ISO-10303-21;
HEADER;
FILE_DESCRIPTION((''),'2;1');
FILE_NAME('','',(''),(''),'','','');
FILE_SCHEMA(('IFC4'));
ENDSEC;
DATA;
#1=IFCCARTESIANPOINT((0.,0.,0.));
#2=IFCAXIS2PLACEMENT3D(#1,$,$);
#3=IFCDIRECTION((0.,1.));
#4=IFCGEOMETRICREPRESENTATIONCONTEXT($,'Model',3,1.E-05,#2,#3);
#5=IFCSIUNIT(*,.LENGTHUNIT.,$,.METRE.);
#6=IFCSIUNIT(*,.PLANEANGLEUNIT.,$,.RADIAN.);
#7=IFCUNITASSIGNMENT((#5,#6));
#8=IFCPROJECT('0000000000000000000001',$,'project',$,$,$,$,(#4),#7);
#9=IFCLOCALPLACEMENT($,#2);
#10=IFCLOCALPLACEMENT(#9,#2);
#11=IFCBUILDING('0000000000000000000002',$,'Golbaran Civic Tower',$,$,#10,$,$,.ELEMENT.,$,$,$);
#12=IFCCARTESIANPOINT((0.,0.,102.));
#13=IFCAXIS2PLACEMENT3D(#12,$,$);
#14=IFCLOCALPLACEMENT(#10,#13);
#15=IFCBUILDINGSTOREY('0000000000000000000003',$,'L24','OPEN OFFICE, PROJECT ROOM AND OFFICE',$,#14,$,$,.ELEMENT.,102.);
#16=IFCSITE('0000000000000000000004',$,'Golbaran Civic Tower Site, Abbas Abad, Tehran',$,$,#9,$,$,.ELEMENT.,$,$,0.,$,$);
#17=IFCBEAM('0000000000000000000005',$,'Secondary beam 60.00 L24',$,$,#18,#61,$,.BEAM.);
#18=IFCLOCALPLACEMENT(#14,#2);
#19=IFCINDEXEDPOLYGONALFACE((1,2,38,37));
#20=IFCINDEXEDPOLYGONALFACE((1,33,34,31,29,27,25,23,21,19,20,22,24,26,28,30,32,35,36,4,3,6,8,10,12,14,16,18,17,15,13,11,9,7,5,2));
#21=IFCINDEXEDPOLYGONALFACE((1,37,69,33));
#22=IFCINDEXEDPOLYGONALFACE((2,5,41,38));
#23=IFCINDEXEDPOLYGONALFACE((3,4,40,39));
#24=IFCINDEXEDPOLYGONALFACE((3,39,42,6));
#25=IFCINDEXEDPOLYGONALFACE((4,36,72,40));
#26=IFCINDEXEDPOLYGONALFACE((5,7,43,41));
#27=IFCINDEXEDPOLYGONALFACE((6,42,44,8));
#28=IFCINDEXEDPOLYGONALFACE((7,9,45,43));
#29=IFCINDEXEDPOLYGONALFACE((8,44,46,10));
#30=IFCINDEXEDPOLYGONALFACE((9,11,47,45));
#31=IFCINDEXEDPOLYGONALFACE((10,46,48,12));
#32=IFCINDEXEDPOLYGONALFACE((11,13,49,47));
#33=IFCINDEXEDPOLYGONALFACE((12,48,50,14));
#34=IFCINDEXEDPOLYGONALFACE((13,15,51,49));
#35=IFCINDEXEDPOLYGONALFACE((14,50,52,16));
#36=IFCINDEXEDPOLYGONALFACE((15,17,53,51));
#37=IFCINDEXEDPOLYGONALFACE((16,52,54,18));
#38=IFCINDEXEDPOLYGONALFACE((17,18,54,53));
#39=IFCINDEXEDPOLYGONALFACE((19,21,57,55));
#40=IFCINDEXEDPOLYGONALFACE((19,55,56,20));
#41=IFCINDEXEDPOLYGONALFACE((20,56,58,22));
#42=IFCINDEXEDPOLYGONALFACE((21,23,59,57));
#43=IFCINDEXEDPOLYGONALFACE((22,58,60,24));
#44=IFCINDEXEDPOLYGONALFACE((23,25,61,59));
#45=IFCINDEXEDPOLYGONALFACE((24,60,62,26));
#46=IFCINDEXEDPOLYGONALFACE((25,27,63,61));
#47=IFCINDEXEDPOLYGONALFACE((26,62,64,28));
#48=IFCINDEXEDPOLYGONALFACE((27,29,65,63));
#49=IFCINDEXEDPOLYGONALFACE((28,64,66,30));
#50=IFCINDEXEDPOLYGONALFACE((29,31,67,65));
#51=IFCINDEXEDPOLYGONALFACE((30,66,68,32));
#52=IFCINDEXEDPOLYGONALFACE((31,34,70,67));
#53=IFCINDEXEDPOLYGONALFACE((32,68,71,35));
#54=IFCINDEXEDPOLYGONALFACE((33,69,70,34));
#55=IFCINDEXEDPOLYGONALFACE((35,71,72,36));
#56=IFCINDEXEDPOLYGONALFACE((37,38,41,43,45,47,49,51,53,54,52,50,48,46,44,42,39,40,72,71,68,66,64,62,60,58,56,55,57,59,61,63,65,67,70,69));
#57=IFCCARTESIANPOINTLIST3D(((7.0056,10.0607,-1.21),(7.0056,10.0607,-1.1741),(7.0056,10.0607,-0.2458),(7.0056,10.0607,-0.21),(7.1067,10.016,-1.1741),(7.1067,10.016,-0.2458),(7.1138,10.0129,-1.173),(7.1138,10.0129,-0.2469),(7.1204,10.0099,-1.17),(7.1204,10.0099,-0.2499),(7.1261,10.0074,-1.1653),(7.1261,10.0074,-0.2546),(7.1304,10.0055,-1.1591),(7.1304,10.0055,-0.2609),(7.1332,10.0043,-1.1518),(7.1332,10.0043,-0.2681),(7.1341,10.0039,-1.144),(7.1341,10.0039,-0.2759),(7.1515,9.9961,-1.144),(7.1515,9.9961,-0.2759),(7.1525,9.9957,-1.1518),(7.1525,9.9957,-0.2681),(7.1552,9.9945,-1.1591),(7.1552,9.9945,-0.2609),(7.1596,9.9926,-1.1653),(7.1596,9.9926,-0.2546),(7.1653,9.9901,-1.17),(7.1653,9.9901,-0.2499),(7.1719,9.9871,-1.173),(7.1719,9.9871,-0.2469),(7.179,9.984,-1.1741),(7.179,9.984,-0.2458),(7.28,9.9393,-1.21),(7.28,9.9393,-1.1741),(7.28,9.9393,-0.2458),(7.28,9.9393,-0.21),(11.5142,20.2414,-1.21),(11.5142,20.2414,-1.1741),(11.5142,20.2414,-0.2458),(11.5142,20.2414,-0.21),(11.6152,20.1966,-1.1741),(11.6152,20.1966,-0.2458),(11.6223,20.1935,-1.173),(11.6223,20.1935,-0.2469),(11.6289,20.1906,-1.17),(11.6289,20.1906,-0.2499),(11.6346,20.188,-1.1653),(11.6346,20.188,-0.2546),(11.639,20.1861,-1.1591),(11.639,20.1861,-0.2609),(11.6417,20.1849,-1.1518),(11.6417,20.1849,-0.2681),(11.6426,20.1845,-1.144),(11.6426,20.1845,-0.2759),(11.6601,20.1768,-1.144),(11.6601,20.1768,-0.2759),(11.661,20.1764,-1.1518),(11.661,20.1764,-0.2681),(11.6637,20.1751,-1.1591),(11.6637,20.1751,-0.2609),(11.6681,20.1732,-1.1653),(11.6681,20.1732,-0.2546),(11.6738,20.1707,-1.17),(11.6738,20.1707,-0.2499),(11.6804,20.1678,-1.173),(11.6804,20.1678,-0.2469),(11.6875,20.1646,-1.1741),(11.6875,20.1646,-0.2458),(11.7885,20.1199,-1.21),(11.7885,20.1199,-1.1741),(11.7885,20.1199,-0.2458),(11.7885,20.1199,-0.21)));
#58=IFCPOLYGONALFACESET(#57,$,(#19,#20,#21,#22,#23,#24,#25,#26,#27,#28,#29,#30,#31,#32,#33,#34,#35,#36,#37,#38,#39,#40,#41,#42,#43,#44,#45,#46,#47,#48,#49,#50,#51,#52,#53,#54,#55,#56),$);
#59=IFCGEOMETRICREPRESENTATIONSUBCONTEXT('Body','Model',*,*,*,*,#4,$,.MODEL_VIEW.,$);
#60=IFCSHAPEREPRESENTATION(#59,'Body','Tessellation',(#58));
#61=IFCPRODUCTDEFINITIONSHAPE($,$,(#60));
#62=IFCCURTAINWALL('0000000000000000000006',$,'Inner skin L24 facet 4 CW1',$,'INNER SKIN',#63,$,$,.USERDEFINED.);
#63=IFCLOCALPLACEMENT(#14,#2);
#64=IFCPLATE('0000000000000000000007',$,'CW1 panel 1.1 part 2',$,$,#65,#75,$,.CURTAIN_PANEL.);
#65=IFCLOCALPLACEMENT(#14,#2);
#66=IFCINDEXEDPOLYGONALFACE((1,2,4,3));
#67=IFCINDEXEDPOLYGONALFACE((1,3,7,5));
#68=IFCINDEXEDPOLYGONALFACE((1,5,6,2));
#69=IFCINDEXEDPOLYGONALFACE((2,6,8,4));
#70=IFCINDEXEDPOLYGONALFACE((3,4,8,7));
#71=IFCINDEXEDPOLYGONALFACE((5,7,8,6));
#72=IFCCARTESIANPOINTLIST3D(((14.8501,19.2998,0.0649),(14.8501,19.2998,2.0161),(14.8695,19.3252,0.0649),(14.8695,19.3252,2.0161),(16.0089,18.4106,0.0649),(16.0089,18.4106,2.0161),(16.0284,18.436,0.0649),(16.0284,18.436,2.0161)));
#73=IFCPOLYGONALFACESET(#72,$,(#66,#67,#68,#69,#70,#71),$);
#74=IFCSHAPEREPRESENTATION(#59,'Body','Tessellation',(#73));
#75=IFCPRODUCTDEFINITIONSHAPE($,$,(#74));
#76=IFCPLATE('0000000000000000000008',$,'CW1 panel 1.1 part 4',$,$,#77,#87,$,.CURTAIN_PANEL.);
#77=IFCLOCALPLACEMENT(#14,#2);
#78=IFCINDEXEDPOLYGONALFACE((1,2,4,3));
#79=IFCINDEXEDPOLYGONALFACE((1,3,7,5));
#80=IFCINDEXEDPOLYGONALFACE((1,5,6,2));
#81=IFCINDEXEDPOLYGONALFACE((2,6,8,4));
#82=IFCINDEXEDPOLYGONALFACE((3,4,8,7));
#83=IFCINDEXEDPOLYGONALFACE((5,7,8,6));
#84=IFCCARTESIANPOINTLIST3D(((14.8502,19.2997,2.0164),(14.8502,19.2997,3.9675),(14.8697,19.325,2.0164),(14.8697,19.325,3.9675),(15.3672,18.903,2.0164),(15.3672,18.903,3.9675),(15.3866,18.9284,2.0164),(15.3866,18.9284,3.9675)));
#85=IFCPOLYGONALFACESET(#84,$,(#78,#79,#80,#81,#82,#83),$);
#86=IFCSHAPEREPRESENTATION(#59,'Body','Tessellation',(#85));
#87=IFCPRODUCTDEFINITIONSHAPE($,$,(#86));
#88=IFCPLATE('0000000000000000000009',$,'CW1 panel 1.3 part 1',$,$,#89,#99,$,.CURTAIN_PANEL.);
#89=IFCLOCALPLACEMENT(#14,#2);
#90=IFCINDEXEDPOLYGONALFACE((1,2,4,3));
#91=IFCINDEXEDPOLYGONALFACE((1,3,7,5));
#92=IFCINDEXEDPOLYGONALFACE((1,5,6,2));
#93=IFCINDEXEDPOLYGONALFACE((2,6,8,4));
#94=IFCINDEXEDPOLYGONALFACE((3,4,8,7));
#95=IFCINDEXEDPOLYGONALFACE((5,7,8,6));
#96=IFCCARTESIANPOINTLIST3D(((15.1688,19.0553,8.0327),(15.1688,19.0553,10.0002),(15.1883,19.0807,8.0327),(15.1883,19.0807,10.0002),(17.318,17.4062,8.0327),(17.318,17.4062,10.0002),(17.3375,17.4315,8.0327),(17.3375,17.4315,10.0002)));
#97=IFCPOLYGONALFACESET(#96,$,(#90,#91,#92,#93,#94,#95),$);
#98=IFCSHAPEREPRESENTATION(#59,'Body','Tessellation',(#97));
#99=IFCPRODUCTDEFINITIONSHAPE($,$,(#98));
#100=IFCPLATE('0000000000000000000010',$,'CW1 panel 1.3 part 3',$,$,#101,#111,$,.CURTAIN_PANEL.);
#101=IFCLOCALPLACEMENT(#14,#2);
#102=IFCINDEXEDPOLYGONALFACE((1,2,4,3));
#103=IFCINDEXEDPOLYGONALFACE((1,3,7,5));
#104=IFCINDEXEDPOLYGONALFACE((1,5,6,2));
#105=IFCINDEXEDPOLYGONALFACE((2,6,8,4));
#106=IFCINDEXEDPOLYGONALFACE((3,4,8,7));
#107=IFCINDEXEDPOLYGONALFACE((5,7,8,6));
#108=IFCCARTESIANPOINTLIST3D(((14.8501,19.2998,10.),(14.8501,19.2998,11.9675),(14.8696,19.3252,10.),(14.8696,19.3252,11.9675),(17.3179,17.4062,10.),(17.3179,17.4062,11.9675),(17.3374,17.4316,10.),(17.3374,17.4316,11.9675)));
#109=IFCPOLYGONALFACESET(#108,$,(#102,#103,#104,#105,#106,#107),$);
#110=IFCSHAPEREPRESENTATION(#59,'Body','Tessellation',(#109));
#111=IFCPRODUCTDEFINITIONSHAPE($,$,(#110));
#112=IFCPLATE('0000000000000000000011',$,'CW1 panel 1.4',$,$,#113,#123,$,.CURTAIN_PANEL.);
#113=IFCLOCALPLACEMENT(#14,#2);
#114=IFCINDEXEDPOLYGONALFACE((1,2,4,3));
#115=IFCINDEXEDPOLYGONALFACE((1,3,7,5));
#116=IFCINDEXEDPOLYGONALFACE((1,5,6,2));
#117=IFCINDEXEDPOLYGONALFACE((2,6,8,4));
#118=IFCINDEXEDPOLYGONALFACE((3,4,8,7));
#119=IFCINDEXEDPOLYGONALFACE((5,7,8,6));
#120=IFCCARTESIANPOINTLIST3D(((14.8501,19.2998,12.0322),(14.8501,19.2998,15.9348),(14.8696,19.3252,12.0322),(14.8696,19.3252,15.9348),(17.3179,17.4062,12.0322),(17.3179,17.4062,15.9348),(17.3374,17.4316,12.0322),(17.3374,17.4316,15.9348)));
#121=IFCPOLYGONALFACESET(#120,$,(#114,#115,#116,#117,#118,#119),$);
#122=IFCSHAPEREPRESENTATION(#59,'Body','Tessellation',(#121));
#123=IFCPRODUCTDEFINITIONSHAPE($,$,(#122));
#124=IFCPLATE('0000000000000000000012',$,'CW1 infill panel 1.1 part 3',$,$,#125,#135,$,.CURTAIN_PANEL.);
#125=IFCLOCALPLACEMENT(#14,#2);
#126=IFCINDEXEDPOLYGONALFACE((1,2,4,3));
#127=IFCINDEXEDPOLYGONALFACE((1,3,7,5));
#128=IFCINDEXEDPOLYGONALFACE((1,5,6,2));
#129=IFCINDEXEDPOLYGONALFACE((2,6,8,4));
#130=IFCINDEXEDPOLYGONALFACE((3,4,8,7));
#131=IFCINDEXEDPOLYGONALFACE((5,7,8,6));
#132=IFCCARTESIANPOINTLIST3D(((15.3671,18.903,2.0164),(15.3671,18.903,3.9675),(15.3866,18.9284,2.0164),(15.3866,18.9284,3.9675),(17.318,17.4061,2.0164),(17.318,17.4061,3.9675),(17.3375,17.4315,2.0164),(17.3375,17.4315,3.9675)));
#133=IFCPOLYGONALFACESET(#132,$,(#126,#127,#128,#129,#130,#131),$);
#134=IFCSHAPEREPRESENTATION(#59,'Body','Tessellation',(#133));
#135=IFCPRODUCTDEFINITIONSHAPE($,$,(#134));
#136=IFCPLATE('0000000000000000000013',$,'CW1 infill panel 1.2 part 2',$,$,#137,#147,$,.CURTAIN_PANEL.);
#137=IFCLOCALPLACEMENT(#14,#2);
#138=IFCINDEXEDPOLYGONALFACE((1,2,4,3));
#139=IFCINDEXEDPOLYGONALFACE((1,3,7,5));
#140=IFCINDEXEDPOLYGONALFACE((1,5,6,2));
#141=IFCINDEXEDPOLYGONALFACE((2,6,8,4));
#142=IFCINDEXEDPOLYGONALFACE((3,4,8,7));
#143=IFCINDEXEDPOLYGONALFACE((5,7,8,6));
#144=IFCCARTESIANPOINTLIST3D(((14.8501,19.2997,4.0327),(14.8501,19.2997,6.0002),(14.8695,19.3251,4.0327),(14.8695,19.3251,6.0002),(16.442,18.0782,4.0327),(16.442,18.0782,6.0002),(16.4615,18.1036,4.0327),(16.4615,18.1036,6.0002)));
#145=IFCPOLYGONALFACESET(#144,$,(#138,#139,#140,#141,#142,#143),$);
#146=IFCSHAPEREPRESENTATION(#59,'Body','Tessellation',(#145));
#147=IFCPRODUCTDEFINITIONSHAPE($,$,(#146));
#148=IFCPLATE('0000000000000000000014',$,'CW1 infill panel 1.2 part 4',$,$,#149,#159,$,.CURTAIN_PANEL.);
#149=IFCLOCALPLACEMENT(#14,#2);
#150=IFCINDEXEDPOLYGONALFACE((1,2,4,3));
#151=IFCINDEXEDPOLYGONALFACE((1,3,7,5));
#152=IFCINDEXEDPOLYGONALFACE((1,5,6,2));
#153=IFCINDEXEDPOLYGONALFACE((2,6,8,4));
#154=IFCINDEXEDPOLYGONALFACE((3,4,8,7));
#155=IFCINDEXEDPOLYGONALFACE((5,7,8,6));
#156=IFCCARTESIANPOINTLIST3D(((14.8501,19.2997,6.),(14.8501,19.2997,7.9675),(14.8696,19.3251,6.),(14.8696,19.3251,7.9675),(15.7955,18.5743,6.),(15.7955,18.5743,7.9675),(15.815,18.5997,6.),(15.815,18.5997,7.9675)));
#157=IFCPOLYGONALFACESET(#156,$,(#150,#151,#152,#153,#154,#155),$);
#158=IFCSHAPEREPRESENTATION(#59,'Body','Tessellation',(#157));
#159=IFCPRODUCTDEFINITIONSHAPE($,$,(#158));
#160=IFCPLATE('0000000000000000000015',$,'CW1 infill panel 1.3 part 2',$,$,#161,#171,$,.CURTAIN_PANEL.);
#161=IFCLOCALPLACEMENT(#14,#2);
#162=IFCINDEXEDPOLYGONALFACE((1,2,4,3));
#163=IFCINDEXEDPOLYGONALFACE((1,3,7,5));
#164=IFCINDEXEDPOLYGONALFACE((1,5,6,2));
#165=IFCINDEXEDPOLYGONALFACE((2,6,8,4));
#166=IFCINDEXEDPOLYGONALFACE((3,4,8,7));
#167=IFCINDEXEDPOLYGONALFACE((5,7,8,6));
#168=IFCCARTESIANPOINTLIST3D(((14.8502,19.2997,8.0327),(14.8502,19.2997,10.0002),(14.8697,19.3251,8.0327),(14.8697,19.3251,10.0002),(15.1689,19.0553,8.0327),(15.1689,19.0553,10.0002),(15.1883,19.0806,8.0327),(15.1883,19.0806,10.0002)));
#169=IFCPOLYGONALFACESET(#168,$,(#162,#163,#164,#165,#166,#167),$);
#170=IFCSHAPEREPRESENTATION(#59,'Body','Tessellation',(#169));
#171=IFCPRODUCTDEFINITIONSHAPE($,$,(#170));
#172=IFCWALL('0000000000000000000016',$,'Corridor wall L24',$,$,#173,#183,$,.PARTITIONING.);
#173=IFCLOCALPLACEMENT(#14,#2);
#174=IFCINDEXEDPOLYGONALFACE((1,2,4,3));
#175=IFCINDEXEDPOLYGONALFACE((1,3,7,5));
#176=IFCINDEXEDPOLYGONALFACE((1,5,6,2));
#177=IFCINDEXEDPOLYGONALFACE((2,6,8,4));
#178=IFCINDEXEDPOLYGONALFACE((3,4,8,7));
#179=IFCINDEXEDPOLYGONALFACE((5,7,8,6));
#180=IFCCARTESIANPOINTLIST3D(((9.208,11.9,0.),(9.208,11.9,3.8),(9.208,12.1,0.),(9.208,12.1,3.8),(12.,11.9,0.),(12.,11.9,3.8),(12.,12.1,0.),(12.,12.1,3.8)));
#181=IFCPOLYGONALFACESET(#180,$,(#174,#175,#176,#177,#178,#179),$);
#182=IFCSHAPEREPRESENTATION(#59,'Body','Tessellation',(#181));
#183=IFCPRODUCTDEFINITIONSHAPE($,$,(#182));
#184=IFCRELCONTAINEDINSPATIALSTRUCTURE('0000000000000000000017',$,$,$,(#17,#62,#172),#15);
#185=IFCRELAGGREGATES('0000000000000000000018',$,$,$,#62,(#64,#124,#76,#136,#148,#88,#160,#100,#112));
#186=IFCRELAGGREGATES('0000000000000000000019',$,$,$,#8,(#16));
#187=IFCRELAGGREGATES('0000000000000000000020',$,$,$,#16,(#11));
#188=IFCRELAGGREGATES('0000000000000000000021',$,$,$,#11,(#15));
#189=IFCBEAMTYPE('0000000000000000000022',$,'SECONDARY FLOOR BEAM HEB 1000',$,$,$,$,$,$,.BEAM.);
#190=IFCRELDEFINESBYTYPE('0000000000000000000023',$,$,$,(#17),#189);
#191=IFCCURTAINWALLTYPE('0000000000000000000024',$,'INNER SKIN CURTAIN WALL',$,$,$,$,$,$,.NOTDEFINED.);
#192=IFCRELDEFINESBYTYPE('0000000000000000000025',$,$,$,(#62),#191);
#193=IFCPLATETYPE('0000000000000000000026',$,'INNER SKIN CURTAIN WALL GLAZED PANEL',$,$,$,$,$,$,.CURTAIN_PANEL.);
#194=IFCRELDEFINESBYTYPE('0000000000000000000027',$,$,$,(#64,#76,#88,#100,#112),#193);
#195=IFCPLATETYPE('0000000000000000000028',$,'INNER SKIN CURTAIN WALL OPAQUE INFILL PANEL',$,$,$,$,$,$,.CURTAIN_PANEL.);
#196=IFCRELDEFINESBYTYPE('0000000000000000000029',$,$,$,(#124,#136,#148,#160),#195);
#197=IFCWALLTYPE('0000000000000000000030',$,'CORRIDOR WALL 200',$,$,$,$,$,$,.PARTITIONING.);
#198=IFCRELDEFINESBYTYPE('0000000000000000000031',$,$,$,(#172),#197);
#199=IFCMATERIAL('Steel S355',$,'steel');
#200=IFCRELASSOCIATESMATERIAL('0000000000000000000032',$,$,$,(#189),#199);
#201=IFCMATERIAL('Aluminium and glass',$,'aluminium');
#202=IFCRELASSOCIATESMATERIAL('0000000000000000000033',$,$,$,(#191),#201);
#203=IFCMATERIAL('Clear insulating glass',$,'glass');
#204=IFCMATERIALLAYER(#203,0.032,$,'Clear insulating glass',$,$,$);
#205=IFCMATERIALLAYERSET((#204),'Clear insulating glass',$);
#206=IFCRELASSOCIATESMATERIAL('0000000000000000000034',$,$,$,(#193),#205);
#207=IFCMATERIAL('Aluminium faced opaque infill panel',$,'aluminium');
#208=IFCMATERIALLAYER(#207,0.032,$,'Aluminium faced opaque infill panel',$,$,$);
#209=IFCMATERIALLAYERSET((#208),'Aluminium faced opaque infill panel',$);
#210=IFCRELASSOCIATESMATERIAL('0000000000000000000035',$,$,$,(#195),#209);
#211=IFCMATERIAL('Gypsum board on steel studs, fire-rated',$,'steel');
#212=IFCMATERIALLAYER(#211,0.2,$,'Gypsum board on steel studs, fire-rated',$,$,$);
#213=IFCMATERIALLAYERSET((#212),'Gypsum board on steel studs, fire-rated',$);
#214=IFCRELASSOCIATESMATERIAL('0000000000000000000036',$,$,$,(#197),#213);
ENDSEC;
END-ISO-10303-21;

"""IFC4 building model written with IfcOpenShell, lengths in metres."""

from ifc_helpers import new_model, si_unit, direction, frame, frame_2d, origin, origin_2d, place, context, subcontext, project, spatial, rectangle, i_section, extrude, material, layer, layer_set, material_profile, profile_set, type_object, element, aggregate, save


model = new_model("IFC4")

# Units and contexts
model_context = context("Model", 3, precision=1e-05, world=origin(), true_north=direction((0.0, 1.0)))
body_context = subcontext(model_context, "Body", "Model", "MODEL_VIEW")
ifc_project = project(units=[si_unit("LENGTHUNIT", "METRE"), si_unit("PLANEANGLEUNIT", "RADIAN")], contexts=[model_context])

# Site, building, storey
site_placement = place(None, origin())
site = spatial("IfcSite", under=ifc_project, at=site_placement, Name="Golbaran Civic Tower Site, Abbas Abad, Tehran", CompositionType="ELEMENT", RefElevation=0.0)
building_placement = place(site_placement, origin())
building = spatial("IfcBuilding", under=site, at=building_placement, Name="Golbaran Civic Tower", CompositionType="ELEMENT")
storey_placement = place(building_placement, frame((0.0, 0.0, 102.0)))
storey = spatial("IfcBuildingStorey", under=building, at=storey_placement, Name="L24", Description="OPEN OFFICE, PROJECT ROOM AND OFFICE", CompositionType="ELEMENT", Elevation=102.0)

# Beam
ifc_material_1 = material(Name="Steel S355", Category="steel")
ifc_material_profile_1 = material_profile(ifc_material_1, i_section(OverallWidth=0.3, OverallDepth=1.0, WebThickness=0.019, FlangeThickness=0.0359, FilletRadius=0.03, at=origin_2d()), Name="HEB 1000")
ifc_profile_set_1 = profile_set([ifc_material_profile_1], Name="Steel S355")
beam_type_1 = type_object("IfcBeamType", Name="SECONDARY FLOOR BEAM HEB 1000", PredefinedType="BEAM", material=ifc_profile_set_1)
beam_1_placement = place(storey_placement, frame((7.1428, 10.0, -0.71), z_axis=(0.404924, 0.914351, 0.0), x_axis=(-0.914351, 0.404924, 0.0)))
element("IfcBeam", 1, at=beam_1_placement, inside=storey, type_object=beam_type_1, Name="Secondary beam 60.00 L24", PredefinedType="BEAM", context=body_context, shape_type="SweptSolid", body=[
    extrude(i_section(OverallWidth=0.3, OverallDepth=1.0, WebThickness=0.019, FlangeThickness=0.0359, FilletRadius=0.03, at=origin_2d()), origin(), (0.0, 0.0, 1.0), 11.1343),
])

# Curtain wall, plates
ifc_material_2 = material(Name="Aluminium and glass", Category="aluminium")
curtain_wall_type = type_object("IfcCurtainWallType", Name="INNER SKIN CURTAIN WALL", PredefinedType="NOTDEFINED", material=ifc_material_2)
curtain_wall_placement = place(storey_placement, origin())
curtain_wall = element("IfcCurtainWall", 2, at=curtain_wall_placement, inside=storey, type_object=curtain_wall_type, Name="Inner skin L24 facet 4 CW1", ObjectType="INNER SKIN", PredefinedType="USERDEFINED")
ifc_material_3 = material(Name="Clear insulating glass", Category="glass")
ifc_layer_1 = layer(ifc_material_3, 0.032, Name="Clear insulating glass")
ifc_layer_set_1 = layer_set([ifc_layer_1], Name="Clear insulating glass")
plate_type_1 = type_object("IfcPlateType", Name="INNER SKIN CURTAIN WALL GLAZED PANEL", PredefinedType="CURTAIN_PANEL", material=ifc_layer_set_1)
plate_1_placement = place(storey_placement, frame((15.4392, 18.8679, 0.0649), z_axis=(0.0, 0.0, 1.0), x_axis=(-0.793353, 0.608761, 0.0)))
plate_1 = element("IfcPlate", 3, at=plate_1_placement, type_object=plate_type_1, Name="CW1 panel 1.1 part 2", PredefinedType="CURTAIN_PANEL", context=body_context, shape_type="SweptSolid", body=[
    extrude(rectangle(XDim=1.4607, YDim=0.032, at=origin_2d()), origin(), (0.0, 0.0, 1.0), 1.9512),
])
plate_2_placement = place(storey_placement, frame((15.1184, 19.114, 2.0164), z_axis=(0.0, 0.0, 1.0), x_axis=(-0.793353, 0.608761, 0.0)))
plate_2 = element("IfcPlate", 4, at=plate_2_placement, type_object=plate_type_1, Name="CW1 panel 1.1 part 4", PredefinedType="CURTAIN_PANEL", context=body_context, shape_type="SweptSolid", body=[
    extrude(rectangle(XDim=0.6516, YDim=0.032, at=origin_2d()), origin(), (0.0, 0.0, 1.0), 1.9512),
])
plate_3_placement = place(storey_placement, frame((16.2532, 18.2434, 8.0327), z_axis=(0.0, 0.0, 1.0), x_axis=(-0.793353, 0.608761, 0.0)))
plate_3 = element("IfcPlate", 5, at=plate_3_placement, type_object=plate_type_1, Name="CW1 panel 1.3 part 1", PredefinedType="CURTAIN_PANEL", context=body_context, shape_type="SweptSolid", body=[
    extrude(rectangle(XDim=2.709, YDim=0.032, at=origin_2d()), origin(), (0.0, 0.0, 1.0), 1.9675),
])
plate_4_placement = place(storey_placement, frame((16.0938, 18.3657, 10.0), z_axis=(0.0, 0.0, 1.0), x_axis=(-0.793353, 0.608761, 0.0)))
plate_4 = element("IfcPlate", 6, at=plate_4_placement, type_object=plate_type_1, Name="CW1 panel 1.3 part 3", PredefinedType="CURTAIN_PANEL", context=body_context, shape_type="SweptSolid", body=[
    extrude(rectangle(XDim=3.1106, YDim=0.032, at=origin_2d()), origin(), (0.0, 0.0, 1.0), 1.9675),
])
plate_5_placement = place(storey_placement, frame((16.0938, 18.3657, 12.0322), z_axis=(0.0, 0.0, 1.0), x_axis=(-0.793353, 0.608761, 0.0)))
plate_5 = element("IfcPlate", 7, at=plate_5_placement, type_object=plate_type_1, Name="CW1 panel 1.4", PredefinedType="CURTAIN_PANEL", context=body_context, shape_type="SweptSolid", body=[
    extrude(rectangle(XDim=3.1106, YDim=0.032, at=origin_2d()), origin(), (0.0, 0.0, 1.0), 3.9026),
])
ifc_material_4 = material(Name="Aluminium faced opaque infill panel", Category="aluminium")
ifc_layer_2 = layer(ifc_material_4, 0.032, Name="Aluminium faced opaque infill panel")
ifc_layer_set_2 = layer_set([ifc_layer_2], Name="Aluminium faced opaque infill panel")
plate_type_2 = type_object("IfcPlateType", Name="INNER SKIN CURTAIN WALL OPAQUE INFILL PANEL", PredefinedType="CURTAIN_PANEL", material=ifc_layer_set_2)
plate_6_placement = place(storey_placement, frame((16.3523, 18.1672, 2.0164), z_axis=(0.0, 0.0, 1.0), x_axis=(-0.793353, 0.608761, 0.0)))
plate_6 = element("IfcPlate", 8, at=plate_6_placement, type_object=plate_type_2, Name="CW1 infill panel 1.1 part 3", PredefinedType="CURTAIN_PANEL", context=body_context, shape_type="SweptSolid", body=[
    extrude(rectangle(XDim=2.459, YDim=0.032, at=origin_2d()), origin(), (0.0, 0.0, 1.0), 1.9512),
])
plate_7_placement = place(storey_placement, frame((15.6558, 18.7017, 4.0327), z_axis=(0.0, 0.0, 1.0), x_axis=(-0.793353, 0.608761, 0.0)))
plate_7 = element("IfcPlate", 9, at=plate_7_placement, type_object=plate_type_2, Name="CW1 infill panel 1.2 part 2", PredefinedType="CURTAIN_PANEL", context=body_context, shape_type="SweptSolid", body=[
    extrude(rectangle(XDim=2.0066, YDim=0.032, at=origin_2d()), origin(), (0.0, 0.0, 1.0), 1.9675),
])
plate_8_placement = place(storey_placement, frame((15.3325, 18.9497, 6.0), z_axis=(0.0, 0.0, 1.0), x_axis=(-0.793353, 0.608761, 0.0)))
plate_8 = element("IfcPlate", 10, at=plate_8_placement, type_object=plate_type_2, Name="CW1 infill panel 1.2 part 4", PredefinedType="CURTAIN_PANEL", context=body_context, shape_type="SweptSolid", body=[
    extrude(rectangle(XDim=1.1917, YDim=0.032, at=origin_2d()), origin(), (0.0, 0.0, 1.0), 1.9675),
])
plate_9_placement = place(storey_placement, frame((15.0193, 19.1902, 8.0327), z_axis=(0.0, 0.0, 1.0), x_axis=(-0.793353, 0.608761, 0.0)))
plate_9 = element("IfcPlate", 11, at=plate_9_placement, type_object=plate_type_2, Name="CW1 infill panel 1.3 part 2", PredefinedType="CURTAIN_PANEL", context=body_context, shape_type="SweptSolid", body=[
    extrude(rectangle(XDim=0.4016, YDim=0.032, at=origin_2d()), origin(), (0.0, 0.0, 1.0), 1.9675),
])
aggregate(curtain_wall, [plate_1, plate_6, plate_2, plate_7, plate_8, plate_3, plate_9, plate_4, plate_5])

# Wall
ifc_material_5 = material(Name="Gypsum board on steel studs, fire-rated", Category="steel")
ifc_layer_3 = layer(ifc_material_5, 0.2, Name="Gypsum board on steel studs, fire-rated")
ifc_layer_set_3 = layer_set([ifc_layer_3], Name="Gypsum board on steel studs, fire-rated")
wall_type_1 = type_object("IfcWallType", Name="CORRIDOR WALL 200", PredefinedType="PARTITIONING", material=ifc_layer_set_3)
wall_1_placement = place(storey_placement, frame((12.0, 12.0, 0.0), z_axis=(0.0, 0.0, 1.0), x_axis=(-1.0, 0.0, 0.0)))
element("IfcWall", 12, at=wall_1_placement, inside=storey, type_object=wall_type_1, Name="Corridor wall L24", PredefinedType="PARTITIONING", context=body_context, shape_type="SweptSolid", body=[
    extrude(rectangle(XDim=2.792, YDim=0.2, at=frame_2d((1.396, 0.0))), origin(), (0.0, 0.0, 1.0), 3.8),
])

save(model, "model.ifc")
